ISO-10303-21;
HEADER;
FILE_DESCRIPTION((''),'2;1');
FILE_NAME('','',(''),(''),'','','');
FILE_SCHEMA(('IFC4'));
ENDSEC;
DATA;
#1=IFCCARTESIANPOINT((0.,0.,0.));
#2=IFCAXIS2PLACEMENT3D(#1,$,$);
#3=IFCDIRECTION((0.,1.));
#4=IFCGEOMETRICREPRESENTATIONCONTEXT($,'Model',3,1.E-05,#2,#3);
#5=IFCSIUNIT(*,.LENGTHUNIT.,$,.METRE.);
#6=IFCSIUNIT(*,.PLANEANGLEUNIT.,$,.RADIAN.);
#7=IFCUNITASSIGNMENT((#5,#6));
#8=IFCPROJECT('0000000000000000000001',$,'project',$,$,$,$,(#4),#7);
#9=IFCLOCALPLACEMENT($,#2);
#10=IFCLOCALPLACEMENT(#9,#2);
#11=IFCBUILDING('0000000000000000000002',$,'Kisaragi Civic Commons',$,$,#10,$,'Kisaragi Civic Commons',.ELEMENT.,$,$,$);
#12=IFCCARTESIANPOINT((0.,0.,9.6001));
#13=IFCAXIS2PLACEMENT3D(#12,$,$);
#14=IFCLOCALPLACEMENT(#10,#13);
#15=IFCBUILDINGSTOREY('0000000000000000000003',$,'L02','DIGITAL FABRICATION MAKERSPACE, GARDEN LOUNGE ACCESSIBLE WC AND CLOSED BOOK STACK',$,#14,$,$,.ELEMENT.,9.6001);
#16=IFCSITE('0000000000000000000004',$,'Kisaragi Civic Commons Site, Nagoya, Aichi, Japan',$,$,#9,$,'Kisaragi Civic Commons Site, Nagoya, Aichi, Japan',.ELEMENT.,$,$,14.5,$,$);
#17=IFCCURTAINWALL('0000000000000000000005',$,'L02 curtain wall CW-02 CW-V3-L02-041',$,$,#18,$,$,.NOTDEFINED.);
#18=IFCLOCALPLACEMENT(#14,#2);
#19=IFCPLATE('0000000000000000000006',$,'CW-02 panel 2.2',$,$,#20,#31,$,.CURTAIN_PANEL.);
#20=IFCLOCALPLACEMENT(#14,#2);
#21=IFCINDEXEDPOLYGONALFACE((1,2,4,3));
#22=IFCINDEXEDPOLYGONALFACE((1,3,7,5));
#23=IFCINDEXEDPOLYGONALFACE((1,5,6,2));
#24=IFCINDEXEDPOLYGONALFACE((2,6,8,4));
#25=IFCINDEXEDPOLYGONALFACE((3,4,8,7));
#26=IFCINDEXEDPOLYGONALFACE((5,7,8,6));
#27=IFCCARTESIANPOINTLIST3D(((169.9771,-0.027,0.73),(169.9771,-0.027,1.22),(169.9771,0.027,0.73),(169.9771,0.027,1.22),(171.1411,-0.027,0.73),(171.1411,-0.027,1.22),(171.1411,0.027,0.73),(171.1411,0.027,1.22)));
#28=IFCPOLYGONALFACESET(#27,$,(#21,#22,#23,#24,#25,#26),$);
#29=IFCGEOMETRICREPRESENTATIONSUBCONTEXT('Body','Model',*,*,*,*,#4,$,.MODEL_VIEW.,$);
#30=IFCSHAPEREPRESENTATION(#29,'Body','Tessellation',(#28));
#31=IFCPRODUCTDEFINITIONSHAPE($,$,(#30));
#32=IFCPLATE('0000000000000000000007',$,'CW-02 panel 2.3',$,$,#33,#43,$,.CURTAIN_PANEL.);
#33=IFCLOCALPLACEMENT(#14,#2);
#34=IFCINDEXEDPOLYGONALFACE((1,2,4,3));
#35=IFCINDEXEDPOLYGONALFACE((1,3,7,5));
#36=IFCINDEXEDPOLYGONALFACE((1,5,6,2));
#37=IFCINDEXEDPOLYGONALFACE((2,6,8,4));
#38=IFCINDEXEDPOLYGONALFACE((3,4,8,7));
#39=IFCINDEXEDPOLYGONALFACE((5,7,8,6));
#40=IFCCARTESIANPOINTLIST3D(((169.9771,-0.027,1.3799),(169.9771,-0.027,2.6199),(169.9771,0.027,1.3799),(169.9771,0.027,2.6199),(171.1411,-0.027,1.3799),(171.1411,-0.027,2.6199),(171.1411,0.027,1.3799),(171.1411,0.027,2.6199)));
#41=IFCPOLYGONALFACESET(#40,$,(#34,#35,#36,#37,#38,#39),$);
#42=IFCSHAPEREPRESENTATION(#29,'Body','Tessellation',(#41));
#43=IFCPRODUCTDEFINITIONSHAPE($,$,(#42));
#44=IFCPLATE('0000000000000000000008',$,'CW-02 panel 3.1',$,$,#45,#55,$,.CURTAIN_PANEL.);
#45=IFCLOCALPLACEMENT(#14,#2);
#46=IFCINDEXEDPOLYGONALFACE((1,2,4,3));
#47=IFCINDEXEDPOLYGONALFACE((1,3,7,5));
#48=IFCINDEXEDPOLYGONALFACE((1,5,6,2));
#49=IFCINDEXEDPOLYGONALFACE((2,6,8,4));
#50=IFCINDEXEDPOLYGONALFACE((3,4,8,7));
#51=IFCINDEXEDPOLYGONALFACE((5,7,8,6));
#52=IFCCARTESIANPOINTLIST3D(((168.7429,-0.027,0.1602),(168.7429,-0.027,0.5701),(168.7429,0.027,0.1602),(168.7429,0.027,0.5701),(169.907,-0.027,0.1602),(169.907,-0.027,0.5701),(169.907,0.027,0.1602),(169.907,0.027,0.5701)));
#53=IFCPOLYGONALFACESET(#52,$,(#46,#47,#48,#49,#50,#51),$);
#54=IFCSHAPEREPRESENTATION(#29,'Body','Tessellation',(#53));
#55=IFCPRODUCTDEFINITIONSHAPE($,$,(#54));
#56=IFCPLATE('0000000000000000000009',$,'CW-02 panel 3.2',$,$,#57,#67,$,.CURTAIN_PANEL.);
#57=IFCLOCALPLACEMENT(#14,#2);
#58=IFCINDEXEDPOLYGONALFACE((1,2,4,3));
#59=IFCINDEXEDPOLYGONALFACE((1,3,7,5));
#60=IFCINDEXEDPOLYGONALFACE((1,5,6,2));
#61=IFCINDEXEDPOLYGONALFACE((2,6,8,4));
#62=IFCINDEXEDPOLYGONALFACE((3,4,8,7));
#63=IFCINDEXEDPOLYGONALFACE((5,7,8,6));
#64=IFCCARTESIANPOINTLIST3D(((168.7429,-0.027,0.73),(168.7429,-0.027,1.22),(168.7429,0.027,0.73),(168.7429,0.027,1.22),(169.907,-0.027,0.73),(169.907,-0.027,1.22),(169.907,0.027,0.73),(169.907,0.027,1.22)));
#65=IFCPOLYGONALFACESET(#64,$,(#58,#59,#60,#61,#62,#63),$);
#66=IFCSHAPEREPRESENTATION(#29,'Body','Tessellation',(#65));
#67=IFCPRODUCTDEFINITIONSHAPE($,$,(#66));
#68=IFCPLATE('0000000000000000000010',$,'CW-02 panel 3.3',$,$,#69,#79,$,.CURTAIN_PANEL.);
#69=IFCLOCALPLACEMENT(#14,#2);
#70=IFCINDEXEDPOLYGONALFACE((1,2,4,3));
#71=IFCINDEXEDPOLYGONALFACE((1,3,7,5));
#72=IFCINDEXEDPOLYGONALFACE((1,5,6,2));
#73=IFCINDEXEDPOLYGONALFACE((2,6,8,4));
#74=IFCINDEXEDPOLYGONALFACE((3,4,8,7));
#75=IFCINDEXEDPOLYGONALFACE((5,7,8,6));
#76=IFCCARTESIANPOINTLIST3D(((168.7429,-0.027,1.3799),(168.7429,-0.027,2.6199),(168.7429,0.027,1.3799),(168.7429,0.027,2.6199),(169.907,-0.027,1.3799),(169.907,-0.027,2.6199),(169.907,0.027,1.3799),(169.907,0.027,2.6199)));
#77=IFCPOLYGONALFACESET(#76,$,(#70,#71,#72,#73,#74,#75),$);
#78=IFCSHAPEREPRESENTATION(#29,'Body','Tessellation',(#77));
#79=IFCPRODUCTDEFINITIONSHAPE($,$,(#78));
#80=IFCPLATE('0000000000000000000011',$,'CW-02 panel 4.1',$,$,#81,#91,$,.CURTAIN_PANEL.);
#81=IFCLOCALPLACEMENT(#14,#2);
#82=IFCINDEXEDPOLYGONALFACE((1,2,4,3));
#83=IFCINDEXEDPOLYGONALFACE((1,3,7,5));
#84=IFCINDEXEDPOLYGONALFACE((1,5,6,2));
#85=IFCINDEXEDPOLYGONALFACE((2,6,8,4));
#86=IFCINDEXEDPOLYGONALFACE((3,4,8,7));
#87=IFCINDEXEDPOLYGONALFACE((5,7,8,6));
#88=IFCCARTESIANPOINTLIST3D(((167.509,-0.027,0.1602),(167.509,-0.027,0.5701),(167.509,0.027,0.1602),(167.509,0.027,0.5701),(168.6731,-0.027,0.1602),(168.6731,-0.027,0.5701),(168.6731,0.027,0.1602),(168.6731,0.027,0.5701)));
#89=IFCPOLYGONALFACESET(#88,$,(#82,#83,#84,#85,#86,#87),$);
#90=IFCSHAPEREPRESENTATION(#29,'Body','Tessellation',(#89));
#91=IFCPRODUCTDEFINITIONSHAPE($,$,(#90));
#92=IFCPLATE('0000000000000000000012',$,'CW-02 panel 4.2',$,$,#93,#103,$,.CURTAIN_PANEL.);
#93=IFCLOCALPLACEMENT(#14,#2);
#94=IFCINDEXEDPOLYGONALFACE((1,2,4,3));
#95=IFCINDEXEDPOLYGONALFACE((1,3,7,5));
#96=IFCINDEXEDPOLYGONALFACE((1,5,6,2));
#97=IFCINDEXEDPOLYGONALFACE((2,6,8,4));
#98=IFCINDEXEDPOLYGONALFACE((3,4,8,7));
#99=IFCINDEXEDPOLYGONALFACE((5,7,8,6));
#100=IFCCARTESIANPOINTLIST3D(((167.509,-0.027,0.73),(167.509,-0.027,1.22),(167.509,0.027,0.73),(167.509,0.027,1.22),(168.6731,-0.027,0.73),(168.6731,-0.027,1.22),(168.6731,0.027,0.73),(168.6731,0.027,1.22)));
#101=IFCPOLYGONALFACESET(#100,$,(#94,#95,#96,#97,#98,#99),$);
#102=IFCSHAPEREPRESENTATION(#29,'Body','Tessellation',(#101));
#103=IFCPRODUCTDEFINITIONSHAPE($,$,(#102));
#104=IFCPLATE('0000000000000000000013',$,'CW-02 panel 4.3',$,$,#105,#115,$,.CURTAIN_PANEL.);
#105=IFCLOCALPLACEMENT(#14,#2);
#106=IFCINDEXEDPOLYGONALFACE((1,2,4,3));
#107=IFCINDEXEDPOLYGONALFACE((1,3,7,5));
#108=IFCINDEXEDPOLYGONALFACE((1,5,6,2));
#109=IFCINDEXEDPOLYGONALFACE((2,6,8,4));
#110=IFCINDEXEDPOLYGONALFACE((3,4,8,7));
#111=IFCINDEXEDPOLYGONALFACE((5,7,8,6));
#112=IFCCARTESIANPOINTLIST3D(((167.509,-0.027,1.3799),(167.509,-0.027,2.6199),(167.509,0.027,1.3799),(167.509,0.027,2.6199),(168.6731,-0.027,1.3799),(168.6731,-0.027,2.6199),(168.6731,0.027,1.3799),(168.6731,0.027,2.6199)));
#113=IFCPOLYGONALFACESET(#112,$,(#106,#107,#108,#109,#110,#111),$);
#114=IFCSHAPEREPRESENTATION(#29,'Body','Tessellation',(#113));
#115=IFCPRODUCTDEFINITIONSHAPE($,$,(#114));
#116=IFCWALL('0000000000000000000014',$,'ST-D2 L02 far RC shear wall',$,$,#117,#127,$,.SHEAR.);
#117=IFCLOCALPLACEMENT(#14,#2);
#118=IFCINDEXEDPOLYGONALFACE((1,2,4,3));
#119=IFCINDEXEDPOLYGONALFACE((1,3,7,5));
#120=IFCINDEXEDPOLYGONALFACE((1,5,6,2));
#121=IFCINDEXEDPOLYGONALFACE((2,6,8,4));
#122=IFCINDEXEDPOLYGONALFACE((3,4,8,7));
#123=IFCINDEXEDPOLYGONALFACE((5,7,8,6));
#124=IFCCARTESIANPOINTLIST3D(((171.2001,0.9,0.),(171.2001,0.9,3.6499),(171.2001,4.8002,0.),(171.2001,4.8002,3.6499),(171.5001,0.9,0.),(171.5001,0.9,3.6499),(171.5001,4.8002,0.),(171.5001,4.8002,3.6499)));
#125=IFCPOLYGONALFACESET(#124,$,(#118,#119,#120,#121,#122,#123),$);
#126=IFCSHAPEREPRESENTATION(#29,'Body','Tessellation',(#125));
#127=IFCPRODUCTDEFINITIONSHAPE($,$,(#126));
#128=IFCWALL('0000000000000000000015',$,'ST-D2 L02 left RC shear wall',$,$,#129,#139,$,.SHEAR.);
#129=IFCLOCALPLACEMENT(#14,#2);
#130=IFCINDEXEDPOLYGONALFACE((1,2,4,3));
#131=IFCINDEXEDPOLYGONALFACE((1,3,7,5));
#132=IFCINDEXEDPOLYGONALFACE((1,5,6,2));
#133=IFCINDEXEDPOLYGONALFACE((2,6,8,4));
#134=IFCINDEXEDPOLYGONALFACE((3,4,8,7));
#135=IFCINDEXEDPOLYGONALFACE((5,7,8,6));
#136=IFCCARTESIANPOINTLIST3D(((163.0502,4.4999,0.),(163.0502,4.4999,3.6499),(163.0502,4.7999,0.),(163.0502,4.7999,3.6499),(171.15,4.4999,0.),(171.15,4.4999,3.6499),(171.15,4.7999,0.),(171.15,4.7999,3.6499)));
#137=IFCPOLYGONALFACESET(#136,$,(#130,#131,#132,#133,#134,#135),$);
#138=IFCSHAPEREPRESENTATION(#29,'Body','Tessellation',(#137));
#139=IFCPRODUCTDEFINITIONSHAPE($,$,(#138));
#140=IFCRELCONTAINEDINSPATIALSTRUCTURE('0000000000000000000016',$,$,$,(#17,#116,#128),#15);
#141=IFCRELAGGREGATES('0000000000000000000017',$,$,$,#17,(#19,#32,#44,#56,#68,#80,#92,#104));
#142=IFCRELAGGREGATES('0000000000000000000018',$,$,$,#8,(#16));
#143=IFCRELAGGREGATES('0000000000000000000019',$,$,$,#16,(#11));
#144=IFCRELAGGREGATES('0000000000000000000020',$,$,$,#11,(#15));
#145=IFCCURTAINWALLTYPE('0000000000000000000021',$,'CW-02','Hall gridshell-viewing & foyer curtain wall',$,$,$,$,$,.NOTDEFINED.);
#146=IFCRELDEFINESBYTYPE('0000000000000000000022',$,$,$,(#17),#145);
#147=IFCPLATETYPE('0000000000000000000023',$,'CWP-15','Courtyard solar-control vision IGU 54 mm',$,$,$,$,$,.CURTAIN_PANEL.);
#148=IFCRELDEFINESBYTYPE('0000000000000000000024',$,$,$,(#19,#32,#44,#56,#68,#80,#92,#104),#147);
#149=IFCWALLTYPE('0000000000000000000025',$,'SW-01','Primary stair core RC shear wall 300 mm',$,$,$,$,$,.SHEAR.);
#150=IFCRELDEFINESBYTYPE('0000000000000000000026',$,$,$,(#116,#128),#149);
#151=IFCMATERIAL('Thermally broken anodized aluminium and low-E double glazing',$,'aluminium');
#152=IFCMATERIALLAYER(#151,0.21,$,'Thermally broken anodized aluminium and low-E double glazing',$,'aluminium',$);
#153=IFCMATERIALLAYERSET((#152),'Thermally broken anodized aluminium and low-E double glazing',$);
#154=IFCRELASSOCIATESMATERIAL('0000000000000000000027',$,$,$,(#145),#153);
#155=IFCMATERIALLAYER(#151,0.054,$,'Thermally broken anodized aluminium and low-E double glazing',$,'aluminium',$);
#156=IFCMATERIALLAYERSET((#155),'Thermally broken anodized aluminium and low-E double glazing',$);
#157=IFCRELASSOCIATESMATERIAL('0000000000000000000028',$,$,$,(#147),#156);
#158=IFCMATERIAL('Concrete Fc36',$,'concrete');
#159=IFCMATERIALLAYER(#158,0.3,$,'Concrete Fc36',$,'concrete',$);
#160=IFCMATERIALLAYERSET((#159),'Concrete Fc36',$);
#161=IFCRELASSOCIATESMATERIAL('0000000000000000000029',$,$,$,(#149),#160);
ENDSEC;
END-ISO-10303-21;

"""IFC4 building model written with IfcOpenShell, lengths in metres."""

from ifc_helpers import new_model, si_unit, direction, frame, frame_2d, origin, origin_2d, place, context, subcontext, project, spatial, rectangle, extrude, material, layer, layer_set, type_object, element, aggregate, save


model = new_model("IFC4")

# Units and contexts
model_context = context("Model", 3, precision=1e-05, world=origin(), true_north=direction((0.0, 1.0)))
body_context = subcontext(model_context, "Body", "Model", "MODEL_VIEW")
ifc_project = project(units=[si_unit("LENGTHUNIT", "METRE"), si_unit("PLANEANGLEUNIT", "RADIAN")], contexts=[model_context])

# Site, building, storey
site_placement = place(None, origin())
site = spatial("IfcSite", under=ifc_project, at=site_placement, Name="Kisaragi Civic Commons Site, Nagoya, Aichi, Japan", LongName="Kisaragi Civic Commons Site, Nagoya, Aichi, Japan", CompositionType="ELEMENT", RefElevation=14.5)
building_placement = place(site_placement, origin())
building = spatial("IfcBuilding", under=site, at=building_placement, Name="Kisaragi Civic Commons", LongName="Kisaragi Civic Commons", CompositionType="ELEMENT")
storey_placement = place(building_placement, frame((0.0, 0.0, 9.6001)))
storey = spatial("IfcBuildingStorey", under=building, at=storey_placement, Name="L02", Description="DIGITAL FABRICATION MAKERSPACE, GARDEN LOUNGE ACCESSIBLE WC AND CLOSED BOOK STACK", CompositionType="ELEMENT", Elevation=9.6001)

# Curtain wall, plates
ifc_material_1 = material(Name="Thermally broken anodized aluminium and low-E double glazing", Category="aluminium")
ifc_layer_1 = layer(ifc_material_1, 0.21, Name="Thermally broken anodized aluminium and low-E double glazing", Category="aluminium")
ifc_layer_set_1 = layer_set([ifc_layer_1], Name="Thermally broken anodized aluminium and low-E double glazing")
curtain_wall_type = type_object("IfcCurtainWallType", Name="CW-02", Description="Hall gridshell-viewing & foyer curtain wall", PredefinedType="NOTDEFINED", material=ifc_layer_set_1)
curtain_wall_placement = place(storey_placement, origin())
curtain_wall = element("IfcCurtainWall", 1, at=curtain_wall_placement, inside=storey, type_object=curtain_wall_type, Name="L02 curtain wall CW-02 CW-V3-L02-041", PredefinedType="NOTDEFINED")
ifc_layer_2 = layer(ifc_material_1, 0.054, Name="Thermally broken anodized aluminium and low-E double glazing", Category="aluminium")
ifc_layer_set_2 = layer_set([ifc_layer_2], Name="Thermally broken anodized aluminium and low-E double glazing")
plate_type = type_object("IfcPlateType", Name="CWP-15", Description="Courtyard solar-control vision IGU 54 mm", PredefinedType="CURTAIN_PANEL", material=ifc_layer_set_2)
plate_1_placement = place(storey_placement, frame((170.5591, 0.0, 0.73), z_axis=(0.0, 0.0, 1.0), x_axis=(-1.0, 0.0, 0.0)))
plate_1 = element("IfcPlate", 2, at=plate_1_placement, type_object=plate_type, Name="CW-02 panel 2.2", PredefinedType="CURTAIN_PANEL", context=body_context, shape_type="SweptSolid", body=[
    extrude(rectangle(XDim=1.1641, YDim=0.054, at=origin_2d()), origin(), (0.0, 0.0, 1.0), 0.49),
])
plate_2_placement = place(storey_placement, frame((170.5591, 0.0, 1.3799), z_axis=(0.0, 0.0, 1.0), x_axis=(-1.0, 0.0, 0.0)))
plate_2 = element("IfcPlate", 3, at=plate_2_placement, type_object=plate_type, Name="CW-02 panel 2.3", PredefinedType="CURTAIN_PANEL", context=body_context, shape_type="SweptSolid", body=[
    extrude(rectangle(XDim=1.1641, YDim=0.054, at=origin_2d()), origin(), (0.0, 0.0, 1.0), 1.24),
])
plate_3_placement = place(storey_placement, frame((169.325, 0.0, 0.1602), z_axis=(0.0, 0.0, 1.0), x_axis=(-1.0, 0.0, 0.0)))
plate_3 = element("IfcPlate", 4, at=plate_3_placement, type_object=plate_type, Name="CW-02 panel 3.1", PredefinedType="CURTAIN_PANEL", context=body_context, shape_type="SweptSolid", body=[
    extrude(rectangle(XDim=1.1641, YDim=0.054, at=origin_2d()), origin(), (0.0, 0.0, 1.0), 0.4099),
])
plate_4_placement = place(storey_placement, frame((169.325, 0.0, 0.73), z_axis=(0.0, 0.0, 1.0), x_axis=(-1.0, 0.0, 0.0)))
plate_4 = element("IfcPlate", 5, at=plate_4_placement, type_object=plate_type, Name="CW-02 panel 3.2", PredefinedType="CURTAIN_PANEL", context=body_context, shape_type="SweptSolid", body=[
    extrude(rectangle(XDim=1.1641, YDim=0.054, at=origin_2d()), origin(), (0.0, 0.0, 1.0), 0.49),
])
plate_5_placement = place(storey_placement, frame((169.325, 0.0, 1.3799), z_axis=(0.0, 0.0, 1.0), x_axis=(-1.0, 0.0, 0.0)))
plate_5 = element("IfcPlate", 6, at=plate_5_placement, type_object=plate_type, Name="CW-02 panel 3.3", PredefinedType="CURTAIN_PANEL", context=body_context, shape_type="SweptSolid", body=[
    extrude(rectangle(XDim=1.1641, YDim=0.054, at=origin_2d()), origin(), (0.0, 0.0, 1.0), 1.24),
])
plate_6_placement = place(storey_placement, frame((168.0911, 0.0, 0.1602), z_axis=(0.0, 0.0, 1.0), x_axis=(-1.0, 0.0, 0.0)))
plate_6 = element("IfcPlate", 7, at=plate_6_placement, type_object=plate_type, Name="CW-02 panel 4.1", PredefinedType="CURTAIN_PANEL", context=body_context, shape_type="SweptSolid", body=[
    extrude(rectangle(XDim=1.1641, YDim=0.054, at=origin_2d()), origin(), (0.0, 0.0, 1.0), 0.4099),
])
plate_7_placement = place(storey_placement, frame((168.0911, 0.0, 0.73), z_axis=(0.0, 0.0, 1.0), x_axis=(-1.0, 0.0, 0.0)))
plate_7 = element("IfcPlate", 8, at=plate_7_placement, type_object=plate_type, Name="CW-02 panel 4.2", PredefinedType="CURTAIN_PANEL", context=body_context, shape_type="SweptSolid", body=[
    extrude(rectangle(XDim=1.1641, YDim=0.054, at=origin_2d()), origin(), (0.0, 0.0, 1.0), 0.49),
])
plate_8_placement = place(storey_placement, frame((168.0911, 0.0, 1.3799), z_axis=(0.0, 0.0, 1.0), x_axis=(-1.0, 0.0, 0.0)))
plate_8 = element("IfcPlate", 9, at=plate_8_placement, type_object=plate_type, Name="CW-02 panel 4.3", PredefinedType="CURTAIN_PANEL", context=body_context, shape_type="SweptSolid", body=[
    extrude(rectangle(XDim=1.1641, YDim=0.054, at=origin_2d()), origin(), (0.0, 0.0, 1.0), 1.24),
])
aggregate(curtain_wall, [plate_1, plate_2, plate_3, plate_4, plate_5, plate_6, plate_7, plate_8])

# Walls
ifc_material_2 = material(Name="Concrete Fc36", Category="concrete")
ifc_layer_3 = layer(ifc_material_2, 0.3, Name="Concrete Fc36", Category="concrete")
ifc_layer_set_3 = layer_set([ifc_layer_3], Name="Concrete Fc36")
wall_type = type_object("IfcWallType", Name="SW-01", Description="Primary stair core RC shear wall 300 mm", PredefinedType="SHEAR", material=ifc_layer_set_3)
wall_1_placement = place(storey_placement, frame((171.3501, 0.8999, 0.0), z_axis=(0.0, 0.0, 1.0), x_axis=(0.0, 1.0, 0.0)))
element("IfcWall", 10, at=wall_1_placement, inside=storey, type_object=wall_type, Name="ST-D2 L02 far RC shear wall", PredefinedType="SHEAR", context=body_context, shape_type="SweptSolid", body=[
    extrude(rectangle(XDim=3.9001, YDim=0.3, at=frame_2d((1.9502, 0.0))), origin(), (0.0, 0.0, 1.0), 3.6499),
])
wall_2_placement = place(storey_placement, frame((171.1499, 4.6499, 0.0), z_axis=(0.0, 0.0, 1.0), x_axis=(-1.0, 0.0, 0.0)))
element("IfcWall", 11, at=wall_2_placement, inside=storey, type_object=wall_type, Name="ST-D2 L02 left RC shear wall", PredefinedType="SHEAR", context=body_context, shape_type="SweptSolid", body=[
    extrude(rectangle(XDim=8.0999, YDim=0.3, at=frame_2d((4.0498, 0.0))), origin(), (0.0, 0.0, 1.0), 3.6499),
])

save(model, "model.ifc")
